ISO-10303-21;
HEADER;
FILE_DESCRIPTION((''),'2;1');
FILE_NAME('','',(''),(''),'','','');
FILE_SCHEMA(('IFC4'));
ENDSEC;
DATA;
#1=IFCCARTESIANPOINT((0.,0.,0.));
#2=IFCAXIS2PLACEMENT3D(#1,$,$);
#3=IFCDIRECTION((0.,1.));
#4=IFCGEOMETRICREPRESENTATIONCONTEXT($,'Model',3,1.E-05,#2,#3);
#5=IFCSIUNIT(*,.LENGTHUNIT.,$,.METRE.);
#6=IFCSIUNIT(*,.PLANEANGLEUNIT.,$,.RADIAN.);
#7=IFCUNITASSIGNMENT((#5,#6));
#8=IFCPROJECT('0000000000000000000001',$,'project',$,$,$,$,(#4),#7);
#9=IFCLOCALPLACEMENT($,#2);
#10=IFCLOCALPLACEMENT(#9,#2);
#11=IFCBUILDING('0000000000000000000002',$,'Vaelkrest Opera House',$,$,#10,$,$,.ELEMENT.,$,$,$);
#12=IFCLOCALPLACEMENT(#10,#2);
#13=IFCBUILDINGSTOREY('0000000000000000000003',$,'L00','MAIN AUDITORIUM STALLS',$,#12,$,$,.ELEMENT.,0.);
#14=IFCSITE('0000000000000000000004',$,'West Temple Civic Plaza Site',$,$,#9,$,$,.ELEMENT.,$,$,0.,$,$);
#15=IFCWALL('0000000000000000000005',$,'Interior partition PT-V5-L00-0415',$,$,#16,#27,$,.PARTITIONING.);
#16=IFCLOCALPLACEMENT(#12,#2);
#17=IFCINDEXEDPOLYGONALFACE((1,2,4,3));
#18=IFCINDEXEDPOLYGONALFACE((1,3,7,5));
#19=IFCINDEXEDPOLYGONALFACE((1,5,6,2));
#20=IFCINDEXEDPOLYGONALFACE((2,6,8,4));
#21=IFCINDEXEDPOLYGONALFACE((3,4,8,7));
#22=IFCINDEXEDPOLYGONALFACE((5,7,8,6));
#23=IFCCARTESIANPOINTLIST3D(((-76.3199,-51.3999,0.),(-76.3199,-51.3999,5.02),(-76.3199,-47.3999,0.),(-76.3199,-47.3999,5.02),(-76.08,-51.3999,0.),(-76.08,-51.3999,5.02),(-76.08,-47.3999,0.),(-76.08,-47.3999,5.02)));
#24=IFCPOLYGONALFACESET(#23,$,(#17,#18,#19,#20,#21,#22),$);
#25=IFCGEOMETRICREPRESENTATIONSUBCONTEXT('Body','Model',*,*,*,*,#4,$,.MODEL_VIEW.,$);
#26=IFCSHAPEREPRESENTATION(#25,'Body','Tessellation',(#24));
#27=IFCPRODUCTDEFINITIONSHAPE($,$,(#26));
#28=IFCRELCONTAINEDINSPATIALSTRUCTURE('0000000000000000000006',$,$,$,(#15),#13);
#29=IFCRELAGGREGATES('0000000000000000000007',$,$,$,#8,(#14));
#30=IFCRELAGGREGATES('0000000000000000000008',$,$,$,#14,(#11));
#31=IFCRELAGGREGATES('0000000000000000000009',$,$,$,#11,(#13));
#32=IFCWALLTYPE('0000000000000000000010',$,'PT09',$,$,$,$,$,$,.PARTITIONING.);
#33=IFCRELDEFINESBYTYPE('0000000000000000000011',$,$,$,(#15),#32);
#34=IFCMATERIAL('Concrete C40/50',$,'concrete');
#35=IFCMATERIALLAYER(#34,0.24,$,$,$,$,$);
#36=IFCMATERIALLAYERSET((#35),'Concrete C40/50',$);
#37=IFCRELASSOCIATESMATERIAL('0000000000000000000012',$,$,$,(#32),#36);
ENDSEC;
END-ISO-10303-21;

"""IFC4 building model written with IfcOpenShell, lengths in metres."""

from ifc_helpers import new_model, si_unit, direction, frame, frame_2d, origin, place, context, subcontext, project, spatial, rectangle, extrude, material, layer, layer_set, type_object, element, save


model = new_model("IFC4")

# Units and contexts
model_context = context("Model", 3, precision=1e-05, world=origin(), true_north=direction((0.0, 1.0)))
body_context = subcontext(model_context, "Body", "Model", "MODEL_VIEW")
ifc_project = project(units=[si_unit("LENGTHUNIT", "METRE"), si_unit("PLANEANGLEUNIT", "RADIAN")], contexts=[model_context])

# Site, building, storey
site_placement = place(None, origin())
site = spatial("IfcSite", under=ifc_project, at=site_placement, Name="West Temple Civic Plaza Site", CompositionType="ELEMENT", RefElevation=0.0)
building_placement = place(site_placement, origin())
building = spatial("IfcBuilding", under=site, at=building_placement, Name="Vaelkrest Opera House", CompositionType="ELEMENT")
storey_placement = place(building_placement, origin())
storey = spatial("IfcBuildingStorey", under=building, at=storey_placement, Name="L00", Description="MAIN AUDITORIUM STALLS", CompositionType="ELEMENT", Elevation=0.0)

# Shared definitions
ifc_material_1 = material(Name="Concrete C40/50", Category="concrete")

# Wall
ifc_layer_1 = layer(ifc_material_1, 0.24)
ifc_layer_set_1 = layer_set([ifc_layer_1], Name="Concrete C40/50")
wall_type_1 = type_object("IfcWallType", Name="PT09", PredefinedType="PARTITIONING", material=ifc_layer_set_1)
wall_1_placement = place(storey_placement, frame((-76.2, -51.3999, 0.0), z_axis=(0.0, 0.0, 1.0), x_axis=(0.0, 1.0, 0.0)))
element("IfcWall", 1, at=wall_1_placement, inside=storey, type_object=wall_type_1, Name="Interior partition PT-V5-L00-0415", PredefinedType="PARTITIONING", context=body_context, shape_type="SweptSolid", body=[
    extrude(rectangle(XDim=4.0, YDim=0.24, at=frame_2d((2.0, 0.0))), origin(), (0.0, 0.0, 1.0), 5.02),
])

save(model, "model.ifc")
